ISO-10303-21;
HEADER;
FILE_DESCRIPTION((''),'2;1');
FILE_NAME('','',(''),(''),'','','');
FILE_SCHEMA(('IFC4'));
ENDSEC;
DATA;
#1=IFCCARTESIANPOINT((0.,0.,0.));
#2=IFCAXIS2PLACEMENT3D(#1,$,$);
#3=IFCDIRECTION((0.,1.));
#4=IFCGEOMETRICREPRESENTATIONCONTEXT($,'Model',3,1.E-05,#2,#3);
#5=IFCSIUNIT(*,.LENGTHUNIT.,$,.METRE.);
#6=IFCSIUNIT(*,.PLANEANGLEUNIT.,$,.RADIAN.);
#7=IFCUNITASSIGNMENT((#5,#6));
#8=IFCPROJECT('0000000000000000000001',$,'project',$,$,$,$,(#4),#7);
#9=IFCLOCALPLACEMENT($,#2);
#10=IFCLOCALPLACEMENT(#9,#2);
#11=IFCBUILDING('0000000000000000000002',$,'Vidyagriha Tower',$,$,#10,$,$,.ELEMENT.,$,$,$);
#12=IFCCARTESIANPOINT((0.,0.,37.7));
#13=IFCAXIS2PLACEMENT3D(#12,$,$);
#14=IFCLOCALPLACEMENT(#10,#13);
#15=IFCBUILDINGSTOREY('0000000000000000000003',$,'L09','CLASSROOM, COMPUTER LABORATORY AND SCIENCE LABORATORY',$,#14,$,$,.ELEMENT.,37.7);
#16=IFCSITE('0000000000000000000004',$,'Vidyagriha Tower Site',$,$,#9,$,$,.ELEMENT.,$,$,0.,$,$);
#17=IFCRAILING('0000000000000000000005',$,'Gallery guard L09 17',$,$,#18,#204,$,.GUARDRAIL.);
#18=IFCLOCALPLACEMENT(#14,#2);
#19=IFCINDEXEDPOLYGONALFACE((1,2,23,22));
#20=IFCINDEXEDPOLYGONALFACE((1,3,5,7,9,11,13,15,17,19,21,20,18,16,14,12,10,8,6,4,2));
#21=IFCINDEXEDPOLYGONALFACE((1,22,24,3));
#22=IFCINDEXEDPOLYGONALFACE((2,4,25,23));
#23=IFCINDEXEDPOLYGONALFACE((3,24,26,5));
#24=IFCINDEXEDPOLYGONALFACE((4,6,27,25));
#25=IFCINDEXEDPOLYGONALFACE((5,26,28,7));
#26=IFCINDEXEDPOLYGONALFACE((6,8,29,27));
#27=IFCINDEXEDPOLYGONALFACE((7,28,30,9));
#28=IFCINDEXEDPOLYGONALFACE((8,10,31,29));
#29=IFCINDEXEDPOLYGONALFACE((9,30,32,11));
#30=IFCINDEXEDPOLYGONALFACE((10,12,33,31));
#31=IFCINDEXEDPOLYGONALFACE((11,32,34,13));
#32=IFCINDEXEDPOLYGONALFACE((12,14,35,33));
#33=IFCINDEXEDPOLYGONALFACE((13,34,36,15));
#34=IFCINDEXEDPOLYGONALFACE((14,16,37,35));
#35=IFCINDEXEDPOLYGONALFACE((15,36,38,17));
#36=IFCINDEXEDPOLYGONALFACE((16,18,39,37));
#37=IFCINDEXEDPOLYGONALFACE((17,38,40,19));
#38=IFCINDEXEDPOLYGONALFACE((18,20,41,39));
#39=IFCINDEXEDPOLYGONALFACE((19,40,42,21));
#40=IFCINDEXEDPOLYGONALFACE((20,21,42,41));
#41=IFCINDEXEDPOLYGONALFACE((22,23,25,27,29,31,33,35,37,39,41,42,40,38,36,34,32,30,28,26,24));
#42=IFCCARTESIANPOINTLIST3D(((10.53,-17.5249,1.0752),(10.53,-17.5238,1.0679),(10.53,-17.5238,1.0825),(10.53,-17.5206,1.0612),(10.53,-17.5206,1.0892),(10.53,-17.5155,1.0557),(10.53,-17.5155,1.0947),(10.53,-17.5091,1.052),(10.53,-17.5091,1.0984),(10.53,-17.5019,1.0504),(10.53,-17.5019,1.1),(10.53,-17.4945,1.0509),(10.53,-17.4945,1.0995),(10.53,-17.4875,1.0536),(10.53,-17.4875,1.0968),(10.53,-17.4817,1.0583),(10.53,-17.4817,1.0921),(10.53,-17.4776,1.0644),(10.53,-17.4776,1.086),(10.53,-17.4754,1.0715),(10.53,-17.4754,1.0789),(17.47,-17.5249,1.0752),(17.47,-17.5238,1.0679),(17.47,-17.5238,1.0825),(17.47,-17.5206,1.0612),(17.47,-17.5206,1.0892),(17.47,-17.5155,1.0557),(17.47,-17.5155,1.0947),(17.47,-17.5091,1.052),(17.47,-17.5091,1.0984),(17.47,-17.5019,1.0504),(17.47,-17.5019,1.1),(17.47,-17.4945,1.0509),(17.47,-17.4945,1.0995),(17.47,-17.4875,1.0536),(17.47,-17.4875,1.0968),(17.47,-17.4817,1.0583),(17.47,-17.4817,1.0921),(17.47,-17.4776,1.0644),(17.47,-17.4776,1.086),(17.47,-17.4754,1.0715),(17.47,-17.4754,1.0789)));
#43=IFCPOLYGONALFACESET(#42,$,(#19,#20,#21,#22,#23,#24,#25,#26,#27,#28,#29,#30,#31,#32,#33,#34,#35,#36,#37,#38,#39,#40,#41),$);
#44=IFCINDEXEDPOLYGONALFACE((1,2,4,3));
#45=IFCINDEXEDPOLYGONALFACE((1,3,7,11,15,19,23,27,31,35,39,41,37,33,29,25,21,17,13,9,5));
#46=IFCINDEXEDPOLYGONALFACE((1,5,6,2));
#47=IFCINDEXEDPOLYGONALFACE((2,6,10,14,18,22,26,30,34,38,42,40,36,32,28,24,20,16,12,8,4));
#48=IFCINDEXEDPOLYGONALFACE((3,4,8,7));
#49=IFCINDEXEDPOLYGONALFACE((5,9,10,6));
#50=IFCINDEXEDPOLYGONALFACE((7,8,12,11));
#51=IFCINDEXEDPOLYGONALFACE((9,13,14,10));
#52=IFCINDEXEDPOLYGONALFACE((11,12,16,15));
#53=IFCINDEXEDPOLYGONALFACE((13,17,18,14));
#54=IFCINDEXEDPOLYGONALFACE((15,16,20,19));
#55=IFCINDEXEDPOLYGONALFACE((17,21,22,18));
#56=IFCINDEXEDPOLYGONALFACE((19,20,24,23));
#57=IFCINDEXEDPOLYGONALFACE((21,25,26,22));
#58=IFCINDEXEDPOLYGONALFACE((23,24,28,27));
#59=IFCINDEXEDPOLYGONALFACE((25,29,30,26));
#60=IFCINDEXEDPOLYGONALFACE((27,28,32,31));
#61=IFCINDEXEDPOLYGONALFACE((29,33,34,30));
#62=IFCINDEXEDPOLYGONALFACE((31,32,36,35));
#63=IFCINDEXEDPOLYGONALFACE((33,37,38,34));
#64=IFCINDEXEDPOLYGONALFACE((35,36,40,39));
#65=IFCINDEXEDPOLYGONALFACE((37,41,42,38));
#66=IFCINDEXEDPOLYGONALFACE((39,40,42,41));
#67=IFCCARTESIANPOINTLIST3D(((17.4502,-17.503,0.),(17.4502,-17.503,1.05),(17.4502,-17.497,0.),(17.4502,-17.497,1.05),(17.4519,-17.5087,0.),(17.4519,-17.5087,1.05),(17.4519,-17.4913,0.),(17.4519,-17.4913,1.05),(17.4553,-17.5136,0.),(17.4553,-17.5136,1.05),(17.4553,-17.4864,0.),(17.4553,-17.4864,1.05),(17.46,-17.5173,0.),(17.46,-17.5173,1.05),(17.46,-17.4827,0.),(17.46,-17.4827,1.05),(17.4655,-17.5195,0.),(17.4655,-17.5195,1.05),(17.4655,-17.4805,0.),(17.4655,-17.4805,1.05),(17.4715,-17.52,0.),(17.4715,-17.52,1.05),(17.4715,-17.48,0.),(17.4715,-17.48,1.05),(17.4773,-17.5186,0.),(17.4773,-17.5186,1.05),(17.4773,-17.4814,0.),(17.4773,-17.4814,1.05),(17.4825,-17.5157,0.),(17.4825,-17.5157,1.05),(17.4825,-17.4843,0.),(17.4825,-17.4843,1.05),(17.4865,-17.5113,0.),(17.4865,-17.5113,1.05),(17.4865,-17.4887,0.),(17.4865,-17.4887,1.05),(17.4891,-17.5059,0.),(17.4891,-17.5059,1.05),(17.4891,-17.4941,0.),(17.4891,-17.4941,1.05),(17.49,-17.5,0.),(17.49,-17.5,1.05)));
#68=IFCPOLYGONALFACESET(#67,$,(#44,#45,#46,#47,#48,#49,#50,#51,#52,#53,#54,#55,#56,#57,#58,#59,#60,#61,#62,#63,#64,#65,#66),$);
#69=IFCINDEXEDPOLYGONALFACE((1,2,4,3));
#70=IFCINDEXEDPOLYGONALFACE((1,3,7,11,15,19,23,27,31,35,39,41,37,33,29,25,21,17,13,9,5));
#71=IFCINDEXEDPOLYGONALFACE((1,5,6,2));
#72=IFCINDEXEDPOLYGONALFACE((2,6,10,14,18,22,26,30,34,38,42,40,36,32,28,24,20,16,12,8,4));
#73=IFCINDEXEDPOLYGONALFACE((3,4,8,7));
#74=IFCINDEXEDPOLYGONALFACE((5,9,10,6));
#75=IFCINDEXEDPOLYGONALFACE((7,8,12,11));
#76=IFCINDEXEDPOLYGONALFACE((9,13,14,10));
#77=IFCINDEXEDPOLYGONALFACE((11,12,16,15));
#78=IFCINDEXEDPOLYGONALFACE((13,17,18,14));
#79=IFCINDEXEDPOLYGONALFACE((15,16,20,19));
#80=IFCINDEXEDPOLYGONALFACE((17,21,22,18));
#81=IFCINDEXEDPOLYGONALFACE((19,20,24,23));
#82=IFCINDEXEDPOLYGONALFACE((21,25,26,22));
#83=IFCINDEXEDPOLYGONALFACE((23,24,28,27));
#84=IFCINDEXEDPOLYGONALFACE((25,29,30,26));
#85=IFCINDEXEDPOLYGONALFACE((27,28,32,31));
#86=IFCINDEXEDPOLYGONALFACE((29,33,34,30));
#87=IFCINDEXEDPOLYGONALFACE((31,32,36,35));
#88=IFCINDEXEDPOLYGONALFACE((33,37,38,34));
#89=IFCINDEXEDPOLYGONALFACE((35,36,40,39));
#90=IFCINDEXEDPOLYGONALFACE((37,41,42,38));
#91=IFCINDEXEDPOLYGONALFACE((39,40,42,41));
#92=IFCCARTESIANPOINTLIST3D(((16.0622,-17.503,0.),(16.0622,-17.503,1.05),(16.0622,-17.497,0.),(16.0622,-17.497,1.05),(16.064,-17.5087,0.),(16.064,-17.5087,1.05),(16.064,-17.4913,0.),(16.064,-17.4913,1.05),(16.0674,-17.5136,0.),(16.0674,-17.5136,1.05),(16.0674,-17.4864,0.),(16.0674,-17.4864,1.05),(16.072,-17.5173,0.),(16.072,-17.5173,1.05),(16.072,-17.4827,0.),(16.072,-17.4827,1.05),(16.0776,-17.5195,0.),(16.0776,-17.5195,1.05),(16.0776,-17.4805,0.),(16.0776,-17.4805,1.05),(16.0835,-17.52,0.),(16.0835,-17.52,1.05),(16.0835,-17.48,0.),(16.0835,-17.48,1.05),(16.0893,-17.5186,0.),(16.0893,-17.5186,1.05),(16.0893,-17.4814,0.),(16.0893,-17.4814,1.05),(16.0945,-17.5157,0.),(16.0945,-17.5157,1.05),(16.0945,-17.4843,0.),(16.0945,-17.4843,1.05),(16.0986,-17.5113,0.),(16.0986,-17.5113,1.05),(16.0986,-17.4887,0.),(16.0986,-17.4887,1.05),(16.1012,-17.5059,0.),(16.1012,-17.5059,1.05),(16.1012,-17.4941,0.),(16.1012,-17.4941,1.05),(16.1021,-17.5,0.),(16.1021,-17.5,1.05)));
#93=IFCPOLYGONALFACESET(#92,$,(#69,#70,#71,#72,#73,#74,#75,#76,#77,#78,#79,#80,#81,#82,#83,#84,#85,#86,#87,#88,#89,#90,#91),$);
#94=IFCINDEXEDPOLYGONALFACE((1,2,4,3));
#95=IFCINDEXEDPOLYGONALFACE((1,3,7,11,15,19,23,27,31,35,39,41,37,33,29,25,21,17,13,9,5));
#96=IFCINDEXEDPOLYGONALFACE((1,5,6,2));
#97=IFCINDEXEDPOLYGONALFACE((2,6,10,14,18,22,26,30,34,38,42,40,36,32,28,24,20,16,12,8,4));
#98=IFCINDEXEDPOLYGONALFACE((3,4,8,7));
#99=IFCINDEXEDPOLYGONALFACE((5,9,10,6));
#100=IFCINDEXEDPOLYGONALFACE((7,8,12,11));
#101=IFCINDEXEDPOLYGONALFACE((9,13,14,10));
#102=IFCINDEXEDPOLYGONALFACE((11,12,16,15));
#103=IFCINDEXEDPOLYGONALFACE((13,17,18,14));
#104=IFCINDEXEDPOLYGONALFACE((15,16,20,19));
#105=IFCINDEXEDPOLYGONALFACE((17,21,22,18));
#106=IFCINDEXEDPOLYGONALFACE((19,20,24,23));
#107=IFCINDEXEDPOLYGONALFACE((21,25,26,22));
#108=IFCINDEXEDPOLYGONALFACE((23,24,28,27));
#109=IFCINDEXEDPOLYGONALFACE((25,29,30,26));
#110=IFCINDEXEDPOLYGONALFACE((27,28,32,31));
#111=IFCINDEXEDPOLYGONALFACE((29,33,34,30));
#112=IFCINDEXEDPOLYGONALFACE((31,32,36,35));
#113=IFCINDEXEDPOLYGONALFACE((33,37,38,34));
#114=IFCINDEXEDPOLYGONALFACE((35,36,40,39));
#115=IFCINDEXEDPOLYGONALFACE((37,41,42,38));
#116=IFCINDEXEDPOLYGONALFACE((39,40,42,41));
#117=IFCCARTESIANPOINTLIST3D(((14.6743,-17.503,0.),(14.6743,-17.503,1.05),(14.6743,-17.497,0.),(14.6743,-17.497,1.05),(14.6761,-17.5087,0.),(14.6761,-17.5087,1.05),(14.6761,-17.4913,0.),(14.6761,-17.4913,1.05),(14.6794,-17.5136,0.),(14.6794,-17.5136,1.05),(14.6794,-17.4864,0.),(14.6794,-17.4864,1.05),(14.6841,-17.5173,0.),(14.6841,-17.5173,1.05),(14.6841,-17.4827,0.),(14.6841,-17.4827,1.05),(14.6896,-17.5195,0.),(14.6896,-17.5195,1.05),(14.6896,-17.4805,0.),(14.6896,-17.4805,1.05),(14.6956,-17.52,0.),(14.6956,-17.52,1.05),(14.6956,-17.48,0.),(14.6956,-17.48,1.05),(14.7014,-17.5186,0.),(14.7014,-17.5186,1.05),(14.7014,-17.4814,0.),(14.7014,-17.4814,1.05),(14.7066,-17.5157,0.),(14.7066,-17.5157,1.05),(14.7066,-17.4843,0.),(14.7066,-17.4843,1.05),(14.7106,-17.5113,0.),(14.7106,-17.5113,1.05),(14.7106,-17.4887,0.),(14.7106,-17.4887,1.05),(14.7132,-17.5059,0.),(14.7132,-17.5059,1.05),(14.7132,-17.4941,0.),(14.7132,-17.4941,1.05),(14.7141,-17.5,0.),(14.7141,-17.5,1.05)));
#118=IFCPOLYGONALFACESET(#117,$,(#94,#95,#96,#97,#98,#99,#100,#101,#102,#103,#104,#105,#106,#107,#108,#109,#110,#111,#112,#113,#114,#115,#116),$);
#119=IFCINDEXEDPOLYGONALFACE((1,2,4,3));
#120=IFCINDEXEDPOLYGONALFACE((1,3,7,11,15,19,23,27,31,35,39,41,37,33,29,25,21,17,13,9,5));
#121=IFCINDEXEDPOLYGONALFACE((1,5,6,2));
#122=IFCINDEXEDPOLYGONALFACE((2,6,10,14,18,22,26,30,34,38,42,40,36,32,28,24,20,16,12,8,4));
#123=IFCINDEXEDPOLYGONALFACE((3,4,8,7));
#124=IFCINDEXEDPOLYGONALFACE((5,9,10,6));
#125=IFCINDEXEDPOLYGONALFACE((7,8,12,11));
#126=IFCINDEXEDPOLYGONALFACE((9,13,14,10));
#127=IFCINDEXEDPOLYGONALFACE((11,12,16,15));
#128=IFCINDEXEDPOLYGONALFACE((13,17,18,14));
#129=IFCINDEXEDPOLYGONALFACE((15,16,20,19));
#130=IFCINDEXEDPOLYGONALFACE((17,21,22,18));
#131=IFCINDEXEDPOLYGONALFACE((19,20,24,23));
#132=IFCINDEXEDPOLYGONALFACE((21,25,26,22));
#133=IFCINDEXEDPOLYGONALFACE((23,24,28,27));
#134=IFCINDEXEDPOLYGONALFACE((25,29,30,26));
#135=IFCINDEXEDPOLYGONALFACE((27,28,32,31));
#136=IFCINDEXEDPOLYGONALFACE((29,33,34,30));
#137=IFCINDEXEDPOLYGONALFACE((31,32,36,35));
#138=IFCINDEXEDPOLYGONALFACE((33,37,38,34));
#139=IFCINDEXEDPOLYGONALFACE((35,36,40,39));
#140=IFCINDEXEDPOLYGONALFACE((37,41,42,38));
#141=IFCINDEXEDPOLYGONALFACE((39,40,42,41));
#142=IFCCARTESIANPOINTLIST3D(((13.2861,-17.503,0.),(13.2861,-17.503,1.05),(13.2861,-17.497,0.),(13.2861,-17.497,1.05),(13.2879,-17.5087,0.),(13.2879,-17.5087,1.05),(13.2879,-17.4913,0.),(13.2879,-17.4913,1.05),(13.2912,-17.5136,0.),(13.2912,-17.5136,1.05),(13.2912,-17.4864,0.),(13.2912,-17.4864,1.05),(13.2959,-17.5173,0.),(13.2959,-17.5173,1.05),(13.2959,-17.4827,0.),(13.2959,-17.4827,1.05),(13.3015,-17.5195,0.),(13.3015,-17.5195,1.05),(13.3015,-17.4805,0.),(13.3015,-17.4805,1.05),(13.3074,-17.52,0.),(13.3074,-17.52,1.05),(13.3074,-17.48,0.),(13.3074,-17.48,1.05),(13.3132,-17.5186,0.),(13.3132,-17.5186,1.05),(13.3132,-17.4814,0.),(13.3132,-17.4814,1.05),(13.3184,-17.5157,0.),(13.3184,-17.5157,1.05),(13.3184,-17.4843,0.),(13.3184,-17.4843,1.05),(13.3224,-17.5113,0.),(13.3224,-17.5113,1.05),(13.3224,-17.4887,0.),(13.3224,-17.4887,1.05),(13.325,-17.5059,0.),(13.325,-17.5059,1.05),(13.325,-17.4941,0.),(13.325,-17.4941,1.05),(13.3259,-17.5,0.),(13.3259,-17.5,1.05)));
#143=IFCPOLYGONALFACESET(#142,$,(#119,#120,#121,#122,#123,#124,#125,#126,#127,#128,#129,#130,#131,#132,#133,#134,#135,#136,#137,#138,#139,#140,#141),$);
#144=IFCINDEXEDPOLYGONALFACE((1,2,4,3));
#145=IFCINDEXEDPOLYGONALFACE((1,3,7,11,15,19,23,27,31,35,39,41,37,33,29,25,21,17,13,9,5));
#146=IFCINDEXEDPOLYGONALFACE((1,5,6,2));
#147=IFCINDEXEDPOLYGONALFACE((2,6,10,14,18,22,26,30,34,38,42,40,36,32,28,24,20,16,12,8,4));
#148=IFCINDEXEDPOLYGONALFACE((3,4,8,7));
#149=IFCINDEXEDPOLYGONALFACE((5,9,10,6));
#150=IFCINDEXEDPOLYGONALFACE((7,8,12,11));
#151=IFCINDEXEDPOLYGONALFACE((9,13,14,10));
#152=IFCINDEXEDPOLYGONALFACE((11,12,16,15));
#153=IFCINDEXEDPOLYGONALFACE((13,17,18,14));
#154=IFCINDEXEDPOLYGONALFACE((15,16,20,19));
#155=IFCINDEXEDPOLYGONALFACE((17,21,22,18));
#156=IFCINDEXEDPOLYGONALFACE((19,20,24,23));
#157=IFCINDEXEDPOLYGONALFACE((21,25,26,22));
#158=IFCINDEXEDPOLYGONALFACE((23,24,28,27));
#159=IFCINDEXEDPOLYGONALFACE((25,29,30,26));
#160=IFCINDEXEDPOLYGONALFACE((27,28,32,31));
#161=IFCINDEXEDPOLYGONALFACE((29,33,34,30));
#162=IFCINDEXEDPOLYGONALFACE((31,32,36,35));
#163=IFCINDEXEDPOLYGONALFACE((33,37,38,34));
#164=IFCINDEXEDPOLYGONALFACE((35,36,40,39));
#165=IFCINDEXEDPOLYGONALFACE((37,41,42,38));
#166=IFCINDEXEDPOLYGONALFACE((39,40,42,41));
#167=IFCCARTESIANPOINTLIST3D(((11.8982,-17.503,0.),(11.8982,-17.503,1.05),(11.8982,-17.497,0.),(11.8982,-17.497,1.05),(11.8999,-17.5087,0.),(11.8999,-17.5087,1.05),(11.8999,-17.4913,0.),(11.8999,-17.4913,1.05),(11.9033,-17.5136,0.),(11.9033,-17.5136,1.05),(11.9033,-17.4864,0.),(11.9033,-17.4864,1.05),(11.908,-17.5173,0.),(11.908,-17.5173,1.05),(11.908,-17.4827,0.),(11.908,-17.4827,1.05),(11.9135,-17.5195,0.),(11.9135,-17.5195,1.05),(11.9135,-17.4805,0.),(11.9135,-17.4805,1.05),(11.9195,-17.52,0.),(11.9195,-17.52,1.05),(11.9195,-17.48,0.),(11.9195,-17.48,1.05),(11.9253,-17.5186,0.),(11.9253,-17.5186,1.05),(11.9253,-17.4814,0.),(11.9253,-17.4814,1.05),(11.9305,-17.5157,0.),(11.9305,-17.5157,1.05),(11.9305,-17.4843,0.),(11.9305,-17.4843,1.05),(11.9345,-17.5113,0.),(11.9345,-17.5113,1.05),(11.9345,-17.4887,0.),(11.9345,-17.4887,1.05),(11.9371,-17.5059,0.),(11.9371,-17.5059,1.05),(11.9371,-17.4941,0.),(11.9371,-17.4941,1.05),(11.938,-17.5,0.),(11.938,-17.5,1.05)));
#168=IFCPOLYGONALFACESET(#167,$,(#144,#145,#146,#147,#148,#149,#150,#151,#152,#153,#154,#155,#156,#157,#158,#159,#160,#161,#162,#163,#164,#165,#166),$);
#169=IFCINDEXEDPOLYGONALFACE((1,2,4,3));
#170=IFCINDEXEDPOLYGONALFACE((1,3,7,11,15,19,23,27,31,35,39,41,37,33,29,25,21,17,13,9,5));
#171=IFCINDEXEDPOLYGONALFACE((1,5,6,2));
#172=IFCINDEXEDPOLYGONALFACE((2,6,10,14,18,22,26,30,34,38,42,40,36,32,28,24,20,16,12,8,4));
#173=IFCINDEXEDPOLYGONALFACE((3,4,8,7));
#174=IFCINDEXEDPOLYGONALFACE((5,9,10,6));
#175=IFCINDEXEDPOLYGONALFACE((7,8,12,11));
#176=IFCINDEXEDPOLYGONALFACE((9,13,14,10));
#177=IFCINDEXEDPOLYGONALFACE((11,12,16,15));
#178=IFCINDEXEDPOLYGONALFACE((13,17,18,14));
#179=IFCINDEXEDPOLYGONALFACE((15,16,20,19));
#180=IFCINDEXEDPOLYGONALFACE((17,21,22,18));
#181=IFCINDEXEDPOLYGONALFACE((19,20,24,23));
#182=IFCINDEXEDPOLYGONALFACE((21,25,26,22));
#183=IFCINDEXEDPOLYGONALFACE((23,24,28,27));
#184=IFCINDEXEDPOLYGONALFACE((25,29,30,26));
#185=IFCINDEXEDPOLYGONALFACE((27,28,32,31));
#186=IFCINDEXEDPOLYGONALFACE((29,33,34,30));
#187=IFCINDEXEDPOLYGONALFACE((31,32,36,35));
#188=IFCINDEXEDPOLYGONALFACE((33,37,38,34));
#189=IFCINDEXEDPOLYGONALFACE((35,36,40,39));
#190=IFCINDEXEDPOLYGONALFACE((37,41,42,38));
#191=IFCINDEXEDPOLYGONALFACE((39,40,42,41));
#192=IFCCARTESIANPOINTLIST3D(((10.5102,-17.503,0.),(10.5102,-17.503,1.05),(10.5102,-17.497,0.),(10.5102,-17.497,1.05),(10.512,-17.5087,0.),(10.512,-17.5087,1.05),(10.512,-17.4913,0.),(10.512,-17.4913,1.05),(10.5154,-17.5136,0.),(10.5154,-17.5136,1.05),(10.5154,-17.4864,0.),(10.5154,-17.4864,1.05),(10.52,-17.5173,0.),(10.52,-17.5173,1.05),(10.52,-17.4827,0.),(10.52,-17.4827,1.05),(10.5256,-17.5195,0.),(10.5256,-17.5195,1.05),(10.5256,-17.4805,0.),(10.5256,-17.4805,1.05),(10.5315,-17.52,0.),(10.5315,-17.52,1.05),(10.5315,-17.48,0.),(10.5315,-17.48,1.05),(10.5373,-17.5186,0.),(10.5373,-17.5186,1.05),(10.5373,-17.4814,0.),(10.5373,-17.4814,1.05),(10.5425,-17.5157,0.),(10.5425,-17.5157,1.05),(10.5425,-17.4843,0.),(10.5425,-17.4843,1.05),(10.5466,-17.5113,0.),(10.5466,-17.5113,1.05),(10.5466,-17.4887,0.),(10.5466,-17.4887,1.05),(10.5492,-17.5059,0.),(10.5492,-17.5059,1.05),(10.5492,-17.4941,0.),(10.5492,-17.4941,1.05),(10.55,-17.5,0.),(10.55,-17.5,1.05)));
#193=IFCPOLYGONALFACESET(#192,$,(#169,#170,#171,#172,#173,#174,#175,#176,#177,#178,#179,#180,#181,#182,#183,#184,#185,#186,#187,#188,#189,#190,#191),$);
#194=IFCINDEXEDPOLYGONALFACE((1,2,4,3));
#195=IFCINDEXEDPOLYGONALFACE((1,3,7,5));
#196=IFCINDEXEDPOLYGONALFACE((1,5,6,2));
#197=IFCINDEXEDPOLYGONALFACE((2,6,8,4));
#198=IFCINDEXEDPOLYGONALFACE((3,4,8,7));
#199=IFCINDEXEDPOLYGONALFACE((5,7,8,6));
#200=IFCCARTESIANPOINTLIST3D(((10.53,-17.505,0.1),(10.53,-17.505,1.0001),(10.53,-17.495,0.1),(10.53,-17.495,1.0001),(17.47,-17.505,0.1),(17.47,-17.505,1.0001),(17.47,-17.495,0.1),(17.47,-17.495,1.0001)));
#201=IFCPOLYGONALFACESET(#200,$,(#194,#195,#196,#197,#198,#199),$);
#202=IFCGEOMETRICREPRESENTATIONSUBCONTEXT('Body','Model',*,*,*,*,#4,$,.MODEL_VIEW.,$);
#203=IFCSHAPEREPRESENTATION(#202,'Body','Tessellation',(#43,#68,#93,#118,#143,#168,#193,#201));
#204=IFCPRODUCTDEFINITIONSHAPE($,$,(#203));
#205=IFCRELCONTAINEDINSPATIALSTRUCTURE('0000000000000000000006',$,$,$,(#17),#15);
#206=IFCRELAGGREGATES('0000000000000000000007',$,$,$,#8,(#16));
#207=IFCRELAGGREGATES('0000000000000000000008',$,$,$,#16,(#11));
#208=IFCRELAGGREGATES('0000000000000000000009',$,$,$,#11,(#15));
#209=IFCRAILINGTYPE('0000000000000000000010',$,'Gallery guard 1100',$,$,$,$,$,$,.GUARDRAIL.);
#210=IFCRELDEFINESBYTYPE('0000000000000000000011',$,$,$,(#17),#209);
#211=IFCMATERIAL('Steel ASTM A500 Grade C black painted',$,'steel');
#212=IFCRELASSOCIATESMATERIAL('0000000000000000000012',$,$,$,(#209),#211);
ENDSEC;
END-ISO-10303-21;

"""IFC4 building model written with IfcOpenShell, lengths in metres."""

from ifc_helpers import new_model, si_unit, direction, frame, origin, origin_2d, place, context, subcontext, project, spatial, rectangle, circle, extrude, material, type_object, element, save


model = new_model("IFC4")

# Units and contexts
model_context = context("Model", 3, precision=1e-05, world=origin(), true_north=direction((0.0, 1.0)))
body_context = subcontext(model_context, "Body", "Model", "MODEL_VIEW")
ifc_project = project(units=[si_unit("LENGTHUNIT", "METRE"), si_unit("PLANEANGLEUNIT", "RADIAN")], contexts=[model_context])

# Site, building, storey
site_placement = place(None, origin())
site = spatial("IfcSite", under=ifc_project, at=site_placement, Name="Vidyagriha Tower Site", CompositionType="ELEMENT", RefElevation=0.0)
building_placement = place(site_placement, origin())
building = spatial("IfcBuilding", under=site, at=building_placement, Name="Vidyagriha Tower", CompositionType="ELEMENT")
storey_placement = place(building_placement, frame((0.0, 0.0, 37.7)))
storey = spatial("IfcBuildingStorey", under=building, at=storey_placement, Name="L09", Description="CLASSROOM, COMPUTER LABORATORY AND SCIENCE LABORATORY", CompositionType="ELEMENT", Elevation=37.7)

# Railing
ifc_material_1 = material(Name="Steel ASTM A500 Grade C black painted", Category="steel")
railing_type = type_object("IfcRailingType", Name="Gallery guard 1100", PredefinedType="GUARDRAIL", material=ifc_material_1)
for number, where, name in (
    (1, (17.47, -17.5, 0.0), "Gallery guard L09 17"),
):
    element("IfcRailing", number, at=place(storey_placement, frame(where)), inside=storey, type_object=railing_type, Name=name, PredefinedType="GUARDRAIL", context=body_context, shape_type="SweptSolid", body=[
        extrude(circle(Radius=0.0249, at=origin_2d()), frame((0.0, 0.0, 1.0752), z_axis=(-1.0, 0.0, 0.0), x_axis=(0.0, -1.0, 0.0)), (0.0, 0.0, 1.0), 6.9399),
        extrude(circle(Radius=0.02, at=origin_2d()), origin(), (0.0, 0.0, 1.0), 1.05),
        extrude(circle(Radius=0.02, at=origin_2d()), frame((-1.3879, 0.0, 0.0)), (0.0, 0.0, 1.0), 1.05),
        extrude(circle(Radius=0.02, at=origin_2d()), frame((-2.7759, 0.0, 0.0)), (0.0, 0.0, 1.0), 1.05),
        extrude(circle(Radius=0.02, at=origin_2d()), frame((-4.1641, 0.0, 0.0)), (0.0, 0.0, 1.0), 1.05),
        extrude(circle(Radius=0.02, at=origin_2d()), frame((-5.552, 0.0, 0.0)), (0.0, 0.0, 1.0), 1.05),
        extrude(circle(Radius=0.02, at=origin_2d()), frame((-6.9399, 0.0, 0.0)), (0.0, 0.0, 1.0), 1.05),
        extrude(rectangle(XDim=0.01, YDim=0.9001, at=origin_2d()), frame((0.0, 0.0, 0.55), z_axis=(-1.0, 0.0, 0.0), x_axis=(0.0, -1.0, 0.0)), (0.0, 0.0, 1.0), 6.9399),
    ])

save(model, "model.ifc")
